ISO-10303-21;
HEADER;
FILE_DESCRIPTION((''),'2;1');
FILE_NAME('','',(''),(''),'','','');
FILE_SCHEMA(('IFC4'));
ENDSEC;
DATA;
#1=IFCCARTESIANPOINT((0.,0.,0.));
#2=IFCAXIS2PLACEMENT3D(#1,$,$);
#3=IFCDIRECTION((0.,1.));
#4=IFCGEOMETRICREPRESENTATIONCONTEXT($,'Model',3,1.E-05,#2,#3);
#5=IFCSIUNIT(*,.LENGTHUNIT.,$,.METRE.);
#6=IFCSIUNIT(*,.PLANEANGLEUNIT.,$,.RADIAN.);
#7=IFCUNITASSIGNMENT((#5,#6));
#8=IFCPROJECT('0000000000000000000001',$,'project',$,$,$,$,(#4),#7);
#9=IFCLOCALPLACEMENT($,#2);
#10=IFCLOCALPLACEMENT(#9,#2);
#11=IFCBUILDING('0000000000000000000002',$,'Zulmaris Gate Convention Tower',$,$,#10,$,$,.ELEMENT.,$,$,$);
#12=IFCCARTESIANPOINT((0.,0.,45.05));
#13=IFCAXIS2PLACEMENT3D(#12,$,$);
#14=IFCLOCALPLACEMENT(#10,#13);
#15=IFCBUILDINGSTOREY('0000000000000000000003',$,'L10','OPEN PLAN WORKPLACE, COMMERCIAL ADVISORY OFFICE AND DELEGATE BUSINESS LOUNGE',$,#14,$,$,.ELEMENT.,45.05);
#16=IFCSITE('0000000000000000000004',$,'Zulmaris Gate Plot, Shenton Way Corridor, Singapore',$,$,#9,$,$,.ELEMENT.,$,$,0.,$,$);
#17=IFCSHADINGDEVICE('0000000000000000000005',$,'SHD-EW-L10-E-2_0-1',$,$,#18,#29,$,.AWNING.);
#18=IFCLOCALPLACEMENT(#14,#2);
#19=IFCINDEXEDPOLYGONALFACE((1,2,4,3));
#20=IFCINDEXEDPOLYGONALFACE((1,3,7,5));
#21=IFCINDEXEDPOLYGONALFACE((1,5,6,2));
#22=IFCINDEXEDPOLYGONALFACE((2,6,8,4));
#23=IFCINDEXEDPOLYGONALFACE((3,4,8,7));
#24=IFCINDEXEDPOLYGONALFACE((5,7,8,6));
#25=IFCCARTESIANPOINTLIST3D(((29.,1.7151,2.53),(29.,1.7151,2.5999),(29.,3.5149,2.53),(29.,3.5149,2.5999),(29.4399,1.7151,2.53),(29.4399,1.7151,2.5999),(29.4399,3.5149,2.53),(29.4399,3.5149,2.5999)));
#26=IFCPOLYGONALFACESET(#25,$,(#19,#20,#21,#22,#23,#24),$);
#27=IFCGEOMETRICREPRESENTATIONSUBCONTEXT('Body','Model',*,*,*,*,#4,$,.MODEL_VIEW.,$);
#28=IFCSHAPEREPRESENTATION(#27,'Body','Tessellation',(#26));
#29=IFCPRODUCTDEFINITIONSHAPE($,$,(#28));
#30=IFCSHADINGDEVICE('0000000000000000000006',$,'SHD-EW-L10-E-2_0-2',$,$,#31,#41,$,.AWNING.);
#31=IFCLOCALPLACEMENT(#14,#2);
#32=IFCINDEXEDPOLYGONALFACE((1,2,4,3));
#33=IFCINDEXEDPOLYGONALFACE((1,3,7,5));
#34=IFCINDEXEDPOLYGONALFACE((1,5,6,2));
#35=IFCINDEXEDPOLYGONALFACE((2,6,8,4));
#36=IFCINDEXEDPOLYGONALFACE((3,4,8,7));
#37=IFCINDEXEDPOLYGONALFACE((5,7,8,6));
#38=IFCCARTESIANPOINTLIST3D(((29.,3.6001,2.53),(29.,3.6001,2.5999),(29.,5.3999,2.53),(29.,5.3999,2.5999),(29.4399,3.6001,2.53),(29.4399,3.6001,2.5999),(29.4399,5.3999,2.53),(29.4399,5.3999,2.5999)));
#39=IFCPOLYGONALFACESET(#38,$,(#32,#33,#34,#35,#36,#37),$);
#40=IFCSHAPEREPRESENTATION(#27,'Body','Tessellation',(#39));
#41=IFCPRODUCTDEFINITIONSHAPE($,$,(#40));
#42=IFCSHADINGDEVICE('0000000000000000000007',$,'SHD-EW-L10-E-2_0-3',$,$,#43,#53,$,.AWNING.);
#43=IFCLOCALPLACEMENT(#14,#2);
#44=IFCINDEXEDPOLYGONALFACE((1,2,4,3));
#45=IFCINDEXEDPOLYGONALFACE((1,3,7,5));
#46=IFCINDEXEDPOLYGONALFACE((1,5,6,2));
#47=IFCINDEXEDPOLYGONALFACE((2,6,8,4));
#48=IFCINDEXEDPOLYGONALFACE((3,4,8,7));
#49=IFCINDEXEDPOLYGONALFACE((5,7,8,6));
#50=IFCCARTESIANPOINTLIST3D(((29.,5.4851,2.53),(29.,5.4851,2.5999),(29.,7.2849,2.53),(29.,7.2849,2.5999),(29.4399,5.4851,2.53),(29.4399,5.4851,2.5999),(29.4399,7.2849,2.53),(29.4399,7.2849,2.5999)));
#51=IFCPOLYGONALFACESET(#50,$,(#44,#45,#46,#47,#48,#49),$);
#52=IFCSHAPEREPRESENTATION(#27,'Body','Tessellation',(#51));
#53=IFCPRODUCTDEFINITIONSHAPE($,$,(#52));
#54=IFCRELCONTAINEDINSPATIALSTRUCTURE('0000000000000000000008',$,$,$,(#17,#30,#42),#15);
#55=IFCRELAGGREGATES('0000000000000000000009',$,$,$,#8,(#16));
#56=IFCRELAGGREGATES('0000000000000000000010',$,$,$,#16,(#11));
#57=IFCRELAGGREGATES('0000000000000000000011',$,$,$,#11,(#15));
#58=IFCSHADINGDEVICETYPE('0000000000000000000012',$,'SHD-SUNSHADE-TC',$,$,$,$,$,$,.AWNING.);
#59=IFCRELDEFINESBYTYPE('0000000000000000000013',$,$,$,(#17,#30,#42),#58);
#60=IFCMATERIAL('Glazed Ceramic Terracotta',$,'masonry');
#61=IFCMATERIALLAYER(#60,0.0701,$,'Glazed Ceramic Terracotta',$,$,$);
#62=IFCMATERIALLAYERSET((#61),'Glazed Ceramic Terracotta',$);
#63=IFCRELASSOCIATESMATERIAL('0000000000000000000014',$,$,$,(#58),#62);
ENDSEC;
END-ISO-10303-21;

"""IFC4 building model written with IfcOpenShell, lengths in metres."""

from ifc_helpers import new_model, si_unit, direction, frame, frame_2d, origin, place, context, subcontext, project, spatial, rectangle, extrude, material, layer, layer_set, type_object, element, save


model = new_model("IFC4")

# Units and contexts
model_context = context("Model", 3, precision=1e-05, world=origin(), true_north=direction((0.0, 1.0)))
body_context = subcontext(model_context, "Body", "Model", "MODEL_VIEW")
ifc_project = project(units=[si_unit("LENGTHUNIT", "METRE"), si_unit("PLANEANGLEUNIT", "RADIAN")], contexts=[model_context])

# Site, building, storey
site_placement = place(None, origin())
site = spatial("IfcSite", under=ifc_project, at=site_placement, Name="Zulmaris Gate Plot, Shenton Way Corridor, Singapore", CompositionType="ELEMENT", RefElevation=0.0)
building_placement = place(site_placement, origin())
building = spatial("IfcBuilding", under=site, at=building_placement, Name="Zulmaris Gate Convention Tower", CompositionType="ELEMENT")
storey_placement = place(building_placement, frame((0.0, 0.0, 45.05)))
storey = spatial("IfcBuildingStorey", under=building, at=storey_placement, Name="L10", Description="OPEN PLAN WORKPLACE, COMMERCIAL ADVISORY OFFICE AND DELEGATE BUSINESS LOUNGE", CompositionType="ELEMENT", Elevation=45.05)

# Shading devices
ifc_material_1 = material(Name="Glazed Ceramic Terracotta", Category="masonry")
ifc_layer_1 = layer(ifc_material_1, 0.0701, Name="Glazed Ceramic Terracotta")
ifc_layer_set_1 = layer_set([ifc_layer_1], Name="Glazed Ceramic Terracotta")
shading_device_type = type_object("IfcShadingDeviceType", Name="SHD-SUNSHADE-TC", PredefinedType="AWNING", material=ifc_layer_set_1)
for number, where, z_axis, x_axis, name in (
    (1, (29.22, 1.7151, 2.53), (0.0, 0.0, 1.0), (0.0, 1.0, 0.0), "SHD-EW-L10-E-2_0-1"),
    (2, (29.22, 3.6001, 2.53), (0.0, 0.0, 1.0), (0.0, 1.0, 0.0), "SHD-EW-L10-E-2_0-2"),
    (3, (29.22, 5.4851, 2.53), (0.0, 0.0, 1.0), (0.0, 1.0, 0.0), "SHD-EW-L10-E-2_0-3"),
):
    element("IfcShadingDevice", number, at=place(storey_placement, frame(where, z_axis=z_axis, x_axis=x_axis)), inside=storey, type_object=shading_device_type, Name=name, PredefinedType="AWNING", context=body_context, shape_type="SweptSolid", body=[
        extrude(rectangle(XDim=1.7998, YDim=0.4399, at=frame_2d((0.8999, 0.0))), origin(), (0.0, 0.0, 1.0), 0.0698),
    ])

save(model, "model.ifc")
